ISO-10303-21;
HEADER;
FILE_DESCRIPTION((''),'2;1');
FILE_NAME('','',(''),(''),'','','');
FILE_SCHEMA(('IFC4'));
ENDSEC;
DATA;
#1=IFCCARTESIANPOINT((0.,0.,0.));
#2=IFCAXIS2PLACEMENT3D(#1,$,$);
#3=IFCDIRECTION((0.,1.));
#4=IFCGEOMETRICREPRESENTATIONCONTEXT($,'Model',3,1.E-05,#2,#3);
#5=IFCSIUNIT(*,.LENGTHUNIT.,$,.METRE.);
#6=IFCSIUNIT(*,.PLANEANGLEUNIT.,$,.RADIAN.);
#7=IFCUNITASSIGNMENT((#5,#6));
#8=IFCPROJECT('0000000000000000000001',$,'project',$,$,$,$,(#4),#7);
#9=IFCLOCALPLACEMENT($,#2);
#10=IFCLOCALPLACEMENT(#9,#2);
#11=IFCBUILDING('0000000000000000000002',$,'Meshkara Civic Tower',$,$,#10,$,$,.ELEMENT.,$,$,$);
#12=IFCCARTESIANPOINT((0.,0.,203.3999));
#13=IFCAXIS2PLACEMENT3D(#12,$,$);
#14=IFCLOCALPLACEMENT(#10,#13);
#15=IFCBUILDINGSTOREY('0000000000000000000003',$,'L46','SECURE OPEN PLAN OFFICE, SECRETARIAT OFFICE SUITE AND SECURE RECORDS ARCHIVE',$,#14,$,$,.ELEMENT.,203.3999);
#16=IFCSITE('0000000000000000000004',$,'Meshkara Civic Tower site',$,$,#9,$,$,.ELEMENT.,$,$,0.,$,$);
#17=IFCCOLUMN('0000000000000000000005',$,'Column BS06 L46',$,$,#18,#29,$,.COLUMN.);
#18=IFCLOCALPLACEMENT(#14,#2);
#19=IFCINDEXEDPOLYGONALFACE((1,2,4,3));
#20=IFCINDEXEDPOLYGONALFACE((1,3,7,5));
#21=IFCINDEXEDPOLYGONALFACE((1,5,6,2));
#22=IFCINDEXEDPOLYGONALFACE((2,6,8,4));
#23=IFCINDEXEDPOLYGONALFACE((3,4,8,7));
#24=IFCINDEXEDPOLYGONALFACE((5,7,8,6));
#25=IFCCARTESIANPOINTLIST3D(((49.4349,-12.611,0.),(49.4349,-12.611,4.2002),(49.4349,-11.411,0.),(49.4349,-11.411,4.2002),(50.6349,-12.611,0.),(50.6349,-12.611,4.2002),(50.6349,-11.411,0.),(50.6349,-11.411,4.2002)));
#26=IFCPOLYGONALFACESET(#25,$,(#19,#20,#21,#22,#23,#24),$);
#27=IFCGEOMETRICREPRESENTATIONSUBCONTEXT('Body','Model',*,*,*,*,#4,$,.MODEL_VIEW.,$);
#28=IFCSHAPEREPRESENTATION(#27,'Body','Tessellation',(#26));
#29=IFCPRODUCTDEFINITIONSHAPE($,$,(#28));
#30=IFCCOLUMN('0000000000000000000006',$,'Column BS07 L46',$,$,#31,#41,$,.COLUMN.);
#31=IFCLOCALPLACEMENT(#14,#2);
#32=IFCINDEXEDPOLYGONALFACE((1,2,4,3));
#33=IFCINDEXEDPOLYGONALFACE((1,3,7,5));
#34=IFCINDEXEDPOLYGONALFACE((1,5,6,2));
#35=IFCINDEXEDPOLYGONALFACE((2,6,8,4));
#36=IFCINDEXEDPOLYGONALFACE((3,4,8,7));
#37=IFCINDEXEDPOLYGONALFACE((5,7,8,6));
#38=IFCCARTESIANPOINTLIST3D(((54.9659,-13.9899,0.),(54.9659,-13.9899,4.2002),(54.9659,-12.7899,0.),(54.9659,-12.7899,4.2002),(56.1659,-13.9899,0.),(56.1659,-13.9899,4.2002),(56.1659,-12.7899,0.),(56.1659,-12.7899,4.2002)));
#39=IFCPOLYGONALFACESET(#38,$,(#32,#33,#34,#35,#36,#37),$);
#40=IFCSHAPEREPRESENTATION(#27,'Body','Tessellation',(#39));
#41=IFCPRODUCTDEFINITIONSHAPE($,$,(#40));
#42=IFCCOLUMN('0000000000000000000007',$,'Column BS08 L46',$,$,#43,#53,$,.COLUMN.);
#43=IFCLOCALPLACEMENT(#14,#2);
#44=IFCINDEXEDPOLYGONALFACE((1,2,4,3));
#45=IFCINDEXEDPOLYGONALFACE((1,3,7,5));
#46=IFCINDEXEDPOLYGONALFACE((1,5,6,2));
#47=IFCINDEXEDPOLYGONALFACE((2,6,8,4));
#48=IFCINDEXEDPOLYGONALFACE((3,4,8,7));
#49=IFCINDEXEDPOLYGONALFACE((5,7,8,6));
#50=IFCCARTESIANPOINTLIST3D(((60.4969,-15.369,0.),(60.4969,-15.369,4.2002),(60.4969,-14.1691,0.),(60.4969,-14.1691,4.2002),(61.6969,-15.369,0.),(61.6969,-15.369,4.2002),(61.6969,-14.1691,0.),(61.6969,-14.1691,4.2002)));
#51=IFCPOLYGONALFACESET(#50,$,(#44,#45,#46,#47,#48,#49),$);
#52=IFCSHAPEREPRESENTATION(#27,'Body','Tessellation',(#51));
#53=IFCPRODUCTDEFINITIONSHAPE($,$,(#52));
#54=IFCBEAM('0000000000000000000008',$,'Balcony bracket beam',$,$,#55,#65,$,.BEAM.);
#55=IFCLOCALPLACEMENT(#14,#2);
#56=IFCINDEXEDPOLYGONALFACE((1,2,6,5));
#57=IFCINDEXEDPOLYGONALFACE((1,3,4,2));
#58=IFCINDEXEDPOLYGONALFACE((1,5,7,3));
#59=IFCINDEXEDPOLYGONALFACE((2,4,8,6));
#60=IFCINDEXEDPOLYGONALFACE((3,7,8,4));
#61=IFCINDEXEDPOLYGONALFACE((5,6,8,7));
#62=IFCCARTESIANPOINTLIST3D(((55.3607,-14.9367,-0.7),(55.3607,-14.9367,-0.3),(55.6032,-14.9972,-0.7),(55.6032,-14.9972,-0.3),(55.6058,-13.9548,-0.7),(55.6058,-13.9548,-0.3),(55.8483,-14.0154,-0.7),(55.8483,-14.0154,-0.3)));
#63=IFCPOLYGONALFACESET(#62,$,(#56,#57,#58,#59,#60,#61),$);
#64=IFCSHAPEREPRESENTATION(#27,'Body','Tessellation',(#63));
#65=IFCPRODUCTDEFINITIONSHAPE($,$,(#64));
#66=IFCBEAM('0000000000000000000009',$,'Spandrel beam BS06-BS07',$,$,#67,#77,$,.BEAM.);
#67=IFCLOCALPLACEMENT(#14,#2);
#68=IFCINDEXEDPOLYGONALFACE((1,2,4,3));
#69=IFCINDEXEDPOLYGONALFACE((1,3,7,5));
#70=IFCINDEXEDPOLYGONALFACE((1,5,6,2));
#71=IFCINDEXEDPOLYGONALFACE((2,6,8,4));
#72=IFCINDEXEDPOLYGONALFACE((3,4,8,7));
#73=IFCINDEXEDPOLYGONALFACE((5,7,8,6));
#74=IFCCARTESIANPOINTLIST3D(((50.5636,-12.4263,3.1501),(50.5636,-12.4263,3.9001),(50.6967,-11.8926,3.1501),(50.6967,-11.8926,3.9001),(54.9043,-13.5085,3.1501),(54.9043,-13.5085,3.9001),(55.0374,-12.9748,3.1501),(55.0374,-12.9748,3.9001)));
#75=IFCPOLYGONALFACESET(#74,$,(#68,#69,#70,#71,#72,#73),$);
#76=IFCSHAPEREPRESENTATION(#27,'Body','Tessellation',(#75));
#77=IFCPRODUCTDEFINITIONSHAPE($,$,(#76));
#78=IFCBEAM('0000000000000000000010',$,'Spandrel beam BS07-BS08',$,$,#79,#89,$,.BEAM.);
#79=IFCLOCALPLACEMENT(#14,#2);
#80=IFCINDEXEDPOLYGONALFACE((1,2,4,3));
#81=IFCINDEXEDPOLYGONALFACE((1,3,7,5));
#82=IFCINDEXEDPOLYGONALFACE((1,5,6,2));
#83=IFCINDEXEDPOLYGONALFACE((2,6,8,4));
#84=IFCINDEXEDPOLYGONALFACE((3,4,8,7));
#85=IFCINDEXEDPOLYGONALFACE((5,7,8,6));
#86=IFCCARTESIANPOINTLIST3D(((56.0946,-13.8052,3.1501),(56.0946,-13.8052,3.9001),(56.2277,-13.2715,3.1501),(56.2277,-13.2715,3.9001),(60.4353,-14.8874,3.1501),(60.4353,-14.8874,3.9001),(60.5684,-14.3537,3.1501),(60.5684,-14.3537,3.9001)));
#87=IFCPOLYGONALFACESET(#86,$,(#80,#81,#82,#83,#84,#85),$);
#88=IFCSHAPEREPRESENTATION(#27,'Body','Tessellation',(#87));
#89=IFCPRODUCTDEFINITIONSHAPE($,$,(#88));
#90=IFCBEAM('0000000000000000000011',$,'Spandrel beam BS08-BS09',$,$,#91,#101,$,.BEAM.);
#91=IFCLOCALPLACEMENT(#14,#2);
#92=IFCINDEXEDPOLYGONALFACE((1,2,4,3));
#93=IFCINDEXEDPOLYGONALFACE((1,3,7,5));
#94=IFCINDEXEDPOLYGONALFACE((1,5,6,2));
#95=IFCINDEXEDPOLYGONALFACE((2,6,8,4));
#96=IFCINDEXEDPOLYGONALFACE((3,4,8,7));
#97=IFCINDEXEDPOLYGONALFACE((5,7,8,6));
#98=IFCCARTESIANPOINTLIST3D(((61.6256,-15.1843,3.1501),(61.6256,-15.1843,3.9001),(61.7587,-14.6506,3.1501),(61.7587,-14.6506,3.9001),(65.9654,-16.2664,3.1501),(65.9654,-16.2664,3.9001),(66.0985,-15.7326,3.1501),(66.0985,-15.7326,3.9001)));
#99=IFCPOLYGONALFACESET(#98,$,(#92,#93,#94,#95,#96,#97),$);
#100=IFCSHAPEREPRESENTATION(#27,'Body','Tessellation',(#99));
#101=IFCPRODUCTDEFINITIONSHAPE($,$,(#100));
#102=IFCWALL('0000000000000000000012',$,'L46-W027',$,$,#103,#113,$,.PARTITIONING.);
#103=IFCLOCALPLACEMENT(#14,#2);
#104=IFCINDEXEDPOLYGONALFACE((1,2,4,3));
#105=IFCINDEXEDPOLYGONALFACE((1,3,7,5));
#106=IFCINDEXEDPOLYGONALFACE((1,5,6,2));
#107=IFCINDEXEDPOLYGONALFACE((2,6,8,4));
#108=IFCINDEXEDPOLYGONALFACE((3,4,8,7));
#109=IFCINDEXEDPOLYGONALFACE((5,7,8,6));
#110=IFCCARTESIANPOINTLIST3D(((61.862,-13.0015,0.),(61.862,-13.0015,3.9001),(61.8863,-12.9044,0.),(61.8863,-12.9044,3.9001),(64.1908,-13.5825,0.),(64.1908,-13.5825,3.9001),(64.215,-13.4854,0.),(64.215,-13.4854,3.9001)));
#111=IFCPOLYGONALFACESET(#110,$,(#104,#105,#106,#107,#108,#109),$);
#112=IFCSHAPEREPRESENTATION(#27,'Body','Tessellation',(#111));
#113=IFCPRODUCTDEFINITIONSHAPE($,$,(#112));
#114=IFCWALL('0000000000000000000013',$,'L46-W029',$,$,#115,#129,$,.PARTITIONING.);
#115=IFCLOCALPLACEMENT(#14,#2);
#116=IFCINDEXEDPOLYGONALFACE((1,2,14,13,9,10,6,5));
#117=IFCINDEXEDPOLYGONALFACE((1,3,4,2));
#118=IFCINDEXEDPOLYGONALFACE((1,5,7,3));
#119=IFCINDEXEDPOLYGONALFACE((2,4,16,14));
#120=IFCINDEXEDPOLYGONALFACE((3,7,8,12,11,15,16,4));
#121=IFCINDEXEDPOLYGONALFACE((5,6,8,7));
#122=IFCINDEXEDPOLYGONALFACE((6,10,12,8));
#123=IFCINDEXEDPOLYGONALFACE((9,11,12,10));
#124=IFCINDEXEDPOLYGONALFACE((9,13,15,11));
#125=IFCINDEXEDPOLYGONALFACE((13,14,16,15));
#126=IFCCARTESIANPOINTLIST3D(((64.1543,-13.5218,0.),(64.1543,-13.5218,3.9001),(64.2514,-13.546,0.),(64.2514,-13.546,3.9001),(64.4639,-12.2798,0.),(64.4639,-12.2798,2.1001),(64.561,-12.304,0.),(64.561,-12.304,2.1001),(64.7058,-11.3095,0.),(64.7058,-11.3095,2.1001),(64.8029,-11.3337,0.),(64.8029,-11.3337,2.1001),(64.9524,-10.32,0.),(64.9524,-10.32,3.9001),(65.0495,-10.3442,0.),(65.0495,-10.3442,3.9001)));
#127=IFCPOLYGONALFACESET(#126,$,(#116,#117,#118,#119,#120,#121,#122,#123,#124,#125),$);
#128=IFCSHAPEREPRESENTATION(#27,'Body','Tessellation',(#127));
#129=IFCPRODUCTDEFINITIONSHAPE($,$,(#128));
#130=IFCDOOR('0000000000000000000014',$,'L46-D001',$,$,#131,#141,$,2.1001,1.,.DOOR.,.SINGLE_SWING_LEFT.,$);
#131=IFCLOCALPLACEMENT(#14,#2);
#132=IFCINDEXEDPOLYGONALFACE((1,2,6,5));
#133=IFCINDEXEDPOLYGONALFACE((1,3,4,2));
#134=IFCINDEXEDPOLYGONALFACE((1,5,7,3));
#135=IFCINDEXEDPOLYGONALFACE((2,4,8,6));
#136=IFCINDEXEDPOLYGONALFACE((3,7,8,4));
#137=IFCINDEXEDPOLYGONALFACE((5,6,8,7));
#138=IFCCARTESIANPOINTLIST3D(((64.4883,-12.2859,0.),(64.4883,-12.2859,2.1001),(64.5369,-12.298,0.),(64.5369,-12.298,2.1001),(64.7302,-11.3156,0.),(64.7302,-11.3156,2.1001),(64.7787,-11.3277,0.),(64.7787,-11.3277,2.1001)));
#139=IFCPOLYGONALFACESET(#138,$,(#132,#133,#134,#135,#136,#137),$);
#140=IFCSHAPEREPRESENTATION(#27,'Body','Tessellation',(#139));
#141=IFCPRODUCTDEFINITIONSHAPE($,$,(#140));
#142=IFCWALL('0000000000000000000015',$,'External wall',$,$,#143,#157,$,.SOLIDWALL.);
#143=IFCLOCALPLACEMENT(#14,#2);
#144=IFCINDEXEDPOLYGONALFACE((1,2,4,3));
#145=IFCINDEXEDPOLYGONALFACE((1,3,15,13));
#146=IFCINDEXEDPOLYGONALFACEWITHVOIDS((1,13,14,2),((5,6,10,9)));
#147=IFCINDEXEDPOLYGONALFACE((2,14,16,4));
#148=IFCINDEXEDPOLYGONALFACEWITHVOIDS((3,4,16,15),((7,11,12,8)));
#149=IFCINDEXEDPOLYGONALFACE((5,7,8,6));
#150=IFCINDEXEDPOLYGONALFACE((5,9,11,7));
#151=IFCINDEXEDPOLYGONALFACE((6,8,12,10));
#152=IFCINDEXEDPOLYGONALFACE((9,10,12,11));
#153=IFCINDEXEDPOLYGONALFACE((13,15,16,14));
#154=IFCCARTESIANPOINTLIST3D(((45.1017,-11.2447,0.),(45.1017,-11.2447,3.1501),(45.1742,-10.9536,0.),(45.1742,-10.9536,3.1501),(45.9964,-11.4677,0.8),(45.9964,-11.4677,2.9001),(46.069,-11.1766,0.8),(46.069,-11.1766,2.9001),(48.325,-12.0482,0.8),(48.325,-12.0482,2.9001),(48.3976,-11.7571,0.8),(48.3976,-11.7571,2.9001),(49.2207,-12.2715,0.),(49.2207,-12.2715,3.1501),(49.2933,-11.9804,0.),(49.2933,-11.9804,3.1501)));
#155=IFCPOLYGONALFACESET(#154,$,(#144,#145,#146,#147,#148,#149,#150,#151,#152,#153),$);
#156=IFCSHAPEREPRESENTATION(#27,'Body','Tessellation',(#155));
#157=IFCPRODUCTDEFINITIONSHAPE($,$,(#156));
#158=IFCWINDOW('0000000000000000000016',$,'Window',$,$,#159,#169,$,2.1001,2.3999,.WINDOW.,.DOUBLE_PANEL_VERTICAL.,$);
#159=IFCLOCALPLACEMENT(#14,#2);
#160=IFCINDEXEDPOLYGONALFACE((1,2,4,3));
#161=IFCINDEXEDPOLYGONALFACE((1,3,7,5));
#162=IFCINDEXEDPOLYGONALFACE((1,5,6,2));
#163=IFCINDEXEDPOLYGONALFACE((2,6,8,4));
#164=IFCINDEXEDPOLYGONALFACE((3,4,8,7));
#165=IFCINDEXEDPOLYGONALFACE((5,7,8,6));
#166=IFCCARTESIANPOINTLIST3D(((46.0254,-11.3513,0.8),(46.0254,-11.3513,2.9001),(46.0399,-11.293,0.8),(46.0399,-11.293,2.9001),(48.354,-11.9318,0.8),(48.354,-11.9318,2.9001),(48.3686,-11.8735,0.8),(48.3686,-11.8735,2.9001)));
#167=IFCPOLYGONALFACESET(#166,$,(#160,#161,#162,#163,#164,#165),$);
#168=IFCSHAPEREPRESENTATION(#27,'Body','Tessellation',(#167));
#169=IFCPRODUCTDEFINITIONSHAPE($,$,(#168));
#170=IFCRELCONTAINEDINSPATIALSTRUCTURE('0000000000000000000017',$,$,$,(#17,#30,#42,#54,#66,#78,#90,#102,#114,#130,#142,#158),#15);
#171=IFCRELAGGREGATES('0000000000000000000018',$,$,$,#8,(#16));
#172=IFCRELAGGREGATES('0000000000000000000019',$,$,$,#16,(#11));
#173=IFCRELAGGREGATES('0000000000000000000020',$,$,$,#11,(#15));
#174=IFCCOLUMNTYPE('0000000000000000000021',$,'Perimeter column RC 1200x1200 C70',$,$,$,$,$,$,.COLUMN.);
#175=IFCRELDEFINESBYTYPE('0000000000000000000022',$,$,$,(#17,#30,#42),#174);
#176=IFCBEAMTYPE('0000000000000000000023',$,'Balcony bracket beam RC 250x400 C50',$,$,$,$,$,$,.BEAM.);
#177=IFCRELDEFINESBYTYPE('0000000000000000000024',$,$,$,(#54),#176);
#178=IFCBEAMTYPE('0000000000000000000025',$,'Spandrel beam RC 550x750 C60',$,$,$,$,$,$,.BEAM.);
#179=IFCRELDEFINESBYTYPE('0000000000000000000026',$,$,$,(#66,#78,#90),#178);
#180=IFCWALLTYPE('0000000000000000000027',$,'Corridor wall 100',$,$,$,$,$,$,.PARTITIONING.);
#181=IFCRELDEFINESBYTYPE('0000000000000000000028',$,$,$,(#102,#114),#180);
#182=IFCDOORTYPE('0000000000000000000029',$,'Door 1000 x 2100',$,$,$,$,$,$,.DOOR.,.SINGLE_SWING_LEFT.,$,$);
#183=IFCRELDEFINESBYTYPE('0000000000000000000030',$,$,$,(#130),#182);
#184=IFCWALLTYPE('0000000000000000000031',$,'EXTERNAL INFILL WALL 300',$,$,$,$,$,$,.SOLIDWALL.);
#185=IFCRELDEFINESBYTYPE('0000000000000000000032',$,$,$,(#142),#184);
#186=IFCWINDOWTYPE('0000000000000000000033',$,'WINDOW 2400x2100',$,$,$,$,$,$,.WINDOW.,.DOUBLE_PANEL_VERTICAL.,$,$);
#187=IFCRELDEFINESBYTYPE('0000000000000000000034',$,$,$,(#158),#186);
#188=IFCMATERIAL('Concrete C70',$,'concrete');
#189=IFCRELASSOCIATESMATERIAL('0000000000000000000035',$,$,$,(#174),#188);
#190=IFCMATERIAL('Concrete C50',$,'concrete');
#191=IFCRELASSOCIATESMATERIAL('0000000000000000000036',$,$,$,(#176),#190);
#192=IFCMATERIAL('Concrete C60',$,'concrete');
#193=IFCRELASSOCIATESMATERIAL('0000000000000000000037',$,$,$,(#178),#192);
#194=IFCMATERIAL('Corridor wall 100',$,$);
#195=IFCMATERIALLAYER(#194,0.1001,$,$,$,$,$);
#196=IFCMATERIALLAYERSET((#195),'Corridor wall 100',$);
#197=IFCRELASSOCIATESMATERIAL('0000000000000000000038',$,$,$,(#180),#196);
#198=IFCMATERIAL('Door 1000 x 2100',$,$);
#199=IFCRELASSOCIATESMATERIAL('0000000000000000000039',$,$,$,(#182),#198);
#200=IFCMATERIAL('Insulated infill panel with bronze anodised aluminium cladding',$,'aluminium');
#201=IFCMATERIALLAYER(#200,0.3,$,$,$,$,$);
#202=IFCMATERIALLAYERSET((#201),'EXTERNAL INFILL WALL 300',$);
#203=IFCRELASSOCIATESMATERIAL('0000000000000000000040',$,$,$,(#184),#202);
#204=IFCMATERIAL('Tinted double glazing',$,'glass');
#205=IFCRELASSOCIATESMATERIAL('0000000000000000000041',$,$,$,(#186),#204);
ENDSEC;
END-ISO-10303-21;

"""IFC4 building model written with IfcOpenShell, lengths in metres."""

from ifc_helpers import new_model, si_unit, direction, frame, frame_2d, origin, origin_2d, place, context, subcontext, project, spatial, rectangle, extrude, material, layer, layer_set, material_profile, profile_set, type_object, element, fill, save


model = new_model("IFC4")

# Units and contexts
model_context = context("Model", 3, precision=1e-05, world=origin(), true_north=direction((0.0, 1.0)))
body_context = subcontext(model_context, "Body", "Model", "MODEL_VIEW")
ifc_project = project(units=[si_unit("LENGTHUNIT", "METRE"), si_unit("PLANEANGLEUNIT", "RADIAN")], contexts=[model_context])

# Site, building, storey
site_placement = place(None, origin())
site = spatial("IfcSite", under=ifc_project, at=site_placement, Name="Meshkara Civic Tower site", CompositionType="ELEMENT", RefElevation=0.0)
building_placement = place(site_placement, origin())
building = spatial("IfcBuilding", under=site, at=building_placement, Name="Meshkara Civic Tower", CompositionType="ELEMENT")
storey_placement = place(building_placement, frame((0.0, 0.0, 203.3999)))
storey = spatial("IfcBuildingStorey", under=building, at=storey_placement, Name="L46", Description="SECURE OPEN PLAN OFFICE, SECRETARIAT OFFICE SUITE AND SECURE RECORDS ARCHIVE", CompositionType="ELEMENT", Elevation=203.3999)

# Columns
ifc_material_1 = material(Name="Concrete C70", Category="concrete")
ifc_material_profile_1 = material_profile(ifc_material_1, rectangle(XDim=1.2, YDim=1.2, at=origin_2d()))
ifc_profile_set_1 = profile_set([ifc_material_profile_1], Name="Concrete C70")
column_type = type_object("IfcColumnType", Name="Perimeter column RC 1200x1200 C70", PredefinedType="COLUMN", material=ifc_profile_set_1)
for number, where, z_axis, x_axis, name in (
    (1, (50.0349, -12.011, 0.0), (0.0, 0.0, 1.0), (1.0, 0.0, 0.0), "Column BS06 L46"),
    (2, (55.5659, -13.3899, 0.0), (0.0, 0.0, 1.0), (1.0, 0.0, 0.0), "Column BS07 L46"),
    (3, (61.0969, -14.769, 0.0), (0.0, 0.0, 1.0), (1.0, 0.0, 0.0), "Column BS08 L46"),
):
    element("IfcColumn", number, at=place(storey_placement, frame(where, z_axis=z_axis, x_axis=x_axis)), inside=storey, type_object=column_type, Name=name, PredefinedType="COLUMN", context=body_context, shape_type="SweptSolid", body=[
        extrude(rectangle(XDim=1.2, YDim=1.2, at=origin_2d()), origin(), (0.0, 0.0, 1.0), 4.2002),
    ])

# Beams
ifc_material_2 = material(Name="Concrete C50", Category="concrete")
ifc_material_profile_2 = material_profile(ifc_material_2, rectangle(XDim=0.25, YDim=0.3999, at=origin_2d()))
ifc_profile_set_2 = profile_set([ifc_material_profile_2], Name="Concrete C50")
beam_type_1 = type_object("IfcBeamType", Name="Balcony bracket beam RC 250x400 C50", PredefinedType="BEAM", material=ifc_profile_set_2)
beam_1_placement = place(storey_placement, frame((55.7271, -13.9851, -0.5), z_axis=(-0.242195, -0.970228, 0.0), x_axis=(0.970228, -0.242195, 0.0)))
element("IfcBeam", 4, at=beam_1_placement, inside=storey, type_object=beam_type_1, Name="Balcony bracket beam", PredefinedType="BEAM", context=body_context, shape_type="SweptSolid", body=[
    extrude(rectangle(XDim=0.25, YDim=0.3999, at=origin_2d()), origin(), (0.0, 0.0, 1.0), 1.012),
])
ifc_material_3 = material(Name="Concrete C60", Category="concrete")
ifc_material_profile_3 = material_profile(ifc_material_3, rectangle(XDim=0.55, YDim=0.75, at=origin_2d()))
ifc_profile_set_3 = profile_set([ifc_material_profile_3], Name="Concrete C60")
beam_type_2 = type_object("IfcBeamType", Name="Spandrel beam RC 550x750 C60", PredefinedType="BEAM", material=ifc_profile_set_3)
for number, where, z_axis, x_axis, name in (
    (5, (50.6301, -12.1594, 3.5251), (0.970296, -0.241919, 0.0), (0.241919, 0.970296, 0.0), "Spandrel beam BS06-BS07"),
    (6, (56.1611, -13.5383, 3.5251), (0.970296, -0.241919, 0.0), (0.241919, 0.970296, 0.0), "Spandrel beam BS07-BS08"),
):
    element("IfcBeam", number, at=place(storey_placement, frame(where, z_axis=z_axis, x_axis=x_axis)), inside=storey, type_object=beam_type_2, Name=name, PredefinedType="BEAM", context=body_context, shape_type="SweptSolid", body=[
        extrude(rectangle(XDim=0.55, YDim=0.75, at=origin_2d()), origin(), (0.0, 0.0, 1.0), 4.4736),
    ])
beam_2_placement = place(storey_placement, frame((61.6921, -14.9175, 3.5251), z_axis=(0.970296, -0.241919, 0.0), x_axis=(0.241919, 0.970296, 0.0)))
element("IfcBeam", 7, at=beam_2_placement, inside=storey, type_object=beam_type_2, Name="Spandrel beam BS08-BS09", PredefinedType="BEAM", context=body_context, shape_type="SweptSolid", body=[
    extrude(rectangle(XDim=0.55, YDim=0.75, at=origin_2d()), origin(), (0.0, 0.0, 1.0), 4.4727),
])

# Wall
ifc_material_4 = material(Name="Corridor wall 100")
ifc_layer_1 = layer(ifc_material_4, 0.1001)
ifc_layer_set_1 = layer_set([ifc_layer_1], Name="Corridor wall 100")
wall_type_1 = type_object("IfcWallType", Name="Corridor wall 100", PredefinedType="PARTITIONING", material=ifc_layer_set_1)
wall_1_placement = place(storey_placement, frame((61.874, -12.9529, 0.0), z_axis=(0.0, 0.0, 1.0), x_axis=(0.970256, -0.242081, 0.0)))
element("IfcWall", 8, at=wall_1_placement, inside=storey, type_object=wall_type_1, Name="L46-W027", PredefinedType="PARTITIONING", context=body_context, shape_type="SweptSolid", body=[
    extrude(rectangle(XDim=2.4001, YDim=0.1001, at=frame_2d((1.2002, 0.0))), origin(), (0.0, 0.0, 1.0), 3.9001),
])

# Wall, opening, door
wall_2_placement = place(storey_placement, frame((64.2029, -13.5339, 0.0), z_axis=(0.0, 0.0, 1.0), x_axis=(0.241857, 0.970312, 0.0)))
wall_2 = element("IfcWall", 9, at=wall_2_placement, inside=storey, type_object=wall_type_1, Name="L46-W029", PredefinedType="PARTITIONING", context=body_context, shape_type="SweptSolid", body=[
    extrude(rectangle(XDim=3.2998, YDim=0.1001, at=frame_2d((1.6499, 0.0))), origin(), (0.0, 0.0, 1.0), 3.9001),
])
opening_1_placement = place(wall_2_placement, frame((1.28, 0.0, 0.0)))
opening_1 = element("IfcOpeningElement", 10, at=opening_1_placement, cuts=wall_2, PredefinedType="OPENING", context=body_context, shape_type="SweptSolid", body=[
    extrude(rectangle(XDim=1.0, YDim=2.1001, at=frame_2d((0.5, 1.05))), frame((0.0, 0.0601, 0.0), z_axis=(0.0, -1.0, 0.0), x_axis=(1.0, 0.0, 0.0)), (0.0, 0.0, 1.0), 0.1201),
])
ifc_material_5 = material(Name="Door 1000 x 2100")
door_type_1 = type_object("IfcDoorType", Name="Door 1000 x 2100", OperationType="SINGLE_SWING_LEFT", PredefinedType="DOOR", material=ifc_material_5)
door_1_placement = place(opening_1_placement, origin())
door_1 = element("IfcDoor", 11, at=door_1_placement, inside=storey, type_object=door_type_1, Name="L46-D001", OperationType="SINGLE_SWING_LEFT", OverallHeight=2.1001, OverallWidth=1.0, PredefinedType="DOOR", context=body_context, shape_type="SweptSolid", body=[
    extrude(rectangle(XDim=1.0, YDim=2.1001, at=frame_2d((0.5, 1.05))), frame((0.0, 0.0249, 0.0), z_axis=(0.0, -1.0, 0.0), x_axis=(1.0, 0.0, 0.0)), (0.0, 0.0, 1.0), 0.05),
])
fill(opening_1, door_1)

# Wall, opening, window
ifc_material_6 = material(Name="Insulated infill panel with bronze anodised aluminium cladding", Category="aluminium")
ifc_layer_2 = layer(ifc_material_6, 0.3)
ifc_layer_set_2 = layer_set([ifc_layer_2], Name="EXTERNAL INFILL WALL 300")
wall_type_2 = type_object("IfcWallType", Name="EXTERNAL INFILL WALL 300", PredefinedType="SOLIDWALL", material=ifc_layer_set_2)
wall_3_placement = place(storey_placement, frame((45.1379, -11.0991, 0.0), z_axis=(0.0, 0.0, 1.0), x_axis=(0.970305, -0.241886, 0.0)))
wall_3 = element("IfcWall", 12, at=wall_3_placement, inside=storey, type_object=wall_type_2, Name="External wall", PredefinedType="SOLIDWALL", context=body_context, shape_type="SweptSolid", body=[
    extrude(rectangle(XDim=4.2451, YDim=0.3, at=frame_2d((2.1226, 0.0))), origin(), (0.0, 0.0, 1.0), 3.1501),
])
opening_2_placement = place(wall_3_placement, frame((0.9221, 0.0, 0.8)))
opening_2 = element("IfcOpeningElement", 13, at=opening_2_placement, cuts=wall_3, PredefinedType="OPENING", context=body_context, shape_type="SweptSolid", body=[
    extrude(rectangle(XDim=2.3999, YDim=2.1001, at=frame_2d((1.2, 1.05))), frame((0.0, 0.1599, 0.0), z_axis=(0.0, -1.0, 0.0), x_axis=(1.0, 0.0, 0.0)), (0.0, 0.0, 1.0), 0.3201),
])
ifc_material_7 = material(Name="Tinted double glazing", Category="glass")
window_type = type_object("IfcWindowType", Name="WINDOW 2400x2100", PartitioningType="DOUBLE_PANEL_VERTICAL", PredefinedType="WINDOW", material=ifc_material_7)
window_1_placement = place(opening_2_placement, origin())
window_1 = element("IfcWindow", 14, at=window_1_placement, inside=storey, type_object=window_type, Name="Window", OverallHeight=2.1001, OverallWidth=2.3999, PartitioningType="DOUBLE_PANEL_VERTICAL", PredefinedType="WINDOW", context=body_context, shape_type="SweptSolid", body=[
    extrude(rectangle(XDim=2.3999, YDim=2.1001, at=frame_2d((1.2, 1.05))), frame((0.0, 0.03, 0.0), z_axis=(0.0, -1.0, 0.0), x_axis=(1.0, 0.0, 0.0)), (0.0, 0.0, 1.0), 0.0601),
])
fill(opening_2, window_1)

save(model, "model.ifc")
